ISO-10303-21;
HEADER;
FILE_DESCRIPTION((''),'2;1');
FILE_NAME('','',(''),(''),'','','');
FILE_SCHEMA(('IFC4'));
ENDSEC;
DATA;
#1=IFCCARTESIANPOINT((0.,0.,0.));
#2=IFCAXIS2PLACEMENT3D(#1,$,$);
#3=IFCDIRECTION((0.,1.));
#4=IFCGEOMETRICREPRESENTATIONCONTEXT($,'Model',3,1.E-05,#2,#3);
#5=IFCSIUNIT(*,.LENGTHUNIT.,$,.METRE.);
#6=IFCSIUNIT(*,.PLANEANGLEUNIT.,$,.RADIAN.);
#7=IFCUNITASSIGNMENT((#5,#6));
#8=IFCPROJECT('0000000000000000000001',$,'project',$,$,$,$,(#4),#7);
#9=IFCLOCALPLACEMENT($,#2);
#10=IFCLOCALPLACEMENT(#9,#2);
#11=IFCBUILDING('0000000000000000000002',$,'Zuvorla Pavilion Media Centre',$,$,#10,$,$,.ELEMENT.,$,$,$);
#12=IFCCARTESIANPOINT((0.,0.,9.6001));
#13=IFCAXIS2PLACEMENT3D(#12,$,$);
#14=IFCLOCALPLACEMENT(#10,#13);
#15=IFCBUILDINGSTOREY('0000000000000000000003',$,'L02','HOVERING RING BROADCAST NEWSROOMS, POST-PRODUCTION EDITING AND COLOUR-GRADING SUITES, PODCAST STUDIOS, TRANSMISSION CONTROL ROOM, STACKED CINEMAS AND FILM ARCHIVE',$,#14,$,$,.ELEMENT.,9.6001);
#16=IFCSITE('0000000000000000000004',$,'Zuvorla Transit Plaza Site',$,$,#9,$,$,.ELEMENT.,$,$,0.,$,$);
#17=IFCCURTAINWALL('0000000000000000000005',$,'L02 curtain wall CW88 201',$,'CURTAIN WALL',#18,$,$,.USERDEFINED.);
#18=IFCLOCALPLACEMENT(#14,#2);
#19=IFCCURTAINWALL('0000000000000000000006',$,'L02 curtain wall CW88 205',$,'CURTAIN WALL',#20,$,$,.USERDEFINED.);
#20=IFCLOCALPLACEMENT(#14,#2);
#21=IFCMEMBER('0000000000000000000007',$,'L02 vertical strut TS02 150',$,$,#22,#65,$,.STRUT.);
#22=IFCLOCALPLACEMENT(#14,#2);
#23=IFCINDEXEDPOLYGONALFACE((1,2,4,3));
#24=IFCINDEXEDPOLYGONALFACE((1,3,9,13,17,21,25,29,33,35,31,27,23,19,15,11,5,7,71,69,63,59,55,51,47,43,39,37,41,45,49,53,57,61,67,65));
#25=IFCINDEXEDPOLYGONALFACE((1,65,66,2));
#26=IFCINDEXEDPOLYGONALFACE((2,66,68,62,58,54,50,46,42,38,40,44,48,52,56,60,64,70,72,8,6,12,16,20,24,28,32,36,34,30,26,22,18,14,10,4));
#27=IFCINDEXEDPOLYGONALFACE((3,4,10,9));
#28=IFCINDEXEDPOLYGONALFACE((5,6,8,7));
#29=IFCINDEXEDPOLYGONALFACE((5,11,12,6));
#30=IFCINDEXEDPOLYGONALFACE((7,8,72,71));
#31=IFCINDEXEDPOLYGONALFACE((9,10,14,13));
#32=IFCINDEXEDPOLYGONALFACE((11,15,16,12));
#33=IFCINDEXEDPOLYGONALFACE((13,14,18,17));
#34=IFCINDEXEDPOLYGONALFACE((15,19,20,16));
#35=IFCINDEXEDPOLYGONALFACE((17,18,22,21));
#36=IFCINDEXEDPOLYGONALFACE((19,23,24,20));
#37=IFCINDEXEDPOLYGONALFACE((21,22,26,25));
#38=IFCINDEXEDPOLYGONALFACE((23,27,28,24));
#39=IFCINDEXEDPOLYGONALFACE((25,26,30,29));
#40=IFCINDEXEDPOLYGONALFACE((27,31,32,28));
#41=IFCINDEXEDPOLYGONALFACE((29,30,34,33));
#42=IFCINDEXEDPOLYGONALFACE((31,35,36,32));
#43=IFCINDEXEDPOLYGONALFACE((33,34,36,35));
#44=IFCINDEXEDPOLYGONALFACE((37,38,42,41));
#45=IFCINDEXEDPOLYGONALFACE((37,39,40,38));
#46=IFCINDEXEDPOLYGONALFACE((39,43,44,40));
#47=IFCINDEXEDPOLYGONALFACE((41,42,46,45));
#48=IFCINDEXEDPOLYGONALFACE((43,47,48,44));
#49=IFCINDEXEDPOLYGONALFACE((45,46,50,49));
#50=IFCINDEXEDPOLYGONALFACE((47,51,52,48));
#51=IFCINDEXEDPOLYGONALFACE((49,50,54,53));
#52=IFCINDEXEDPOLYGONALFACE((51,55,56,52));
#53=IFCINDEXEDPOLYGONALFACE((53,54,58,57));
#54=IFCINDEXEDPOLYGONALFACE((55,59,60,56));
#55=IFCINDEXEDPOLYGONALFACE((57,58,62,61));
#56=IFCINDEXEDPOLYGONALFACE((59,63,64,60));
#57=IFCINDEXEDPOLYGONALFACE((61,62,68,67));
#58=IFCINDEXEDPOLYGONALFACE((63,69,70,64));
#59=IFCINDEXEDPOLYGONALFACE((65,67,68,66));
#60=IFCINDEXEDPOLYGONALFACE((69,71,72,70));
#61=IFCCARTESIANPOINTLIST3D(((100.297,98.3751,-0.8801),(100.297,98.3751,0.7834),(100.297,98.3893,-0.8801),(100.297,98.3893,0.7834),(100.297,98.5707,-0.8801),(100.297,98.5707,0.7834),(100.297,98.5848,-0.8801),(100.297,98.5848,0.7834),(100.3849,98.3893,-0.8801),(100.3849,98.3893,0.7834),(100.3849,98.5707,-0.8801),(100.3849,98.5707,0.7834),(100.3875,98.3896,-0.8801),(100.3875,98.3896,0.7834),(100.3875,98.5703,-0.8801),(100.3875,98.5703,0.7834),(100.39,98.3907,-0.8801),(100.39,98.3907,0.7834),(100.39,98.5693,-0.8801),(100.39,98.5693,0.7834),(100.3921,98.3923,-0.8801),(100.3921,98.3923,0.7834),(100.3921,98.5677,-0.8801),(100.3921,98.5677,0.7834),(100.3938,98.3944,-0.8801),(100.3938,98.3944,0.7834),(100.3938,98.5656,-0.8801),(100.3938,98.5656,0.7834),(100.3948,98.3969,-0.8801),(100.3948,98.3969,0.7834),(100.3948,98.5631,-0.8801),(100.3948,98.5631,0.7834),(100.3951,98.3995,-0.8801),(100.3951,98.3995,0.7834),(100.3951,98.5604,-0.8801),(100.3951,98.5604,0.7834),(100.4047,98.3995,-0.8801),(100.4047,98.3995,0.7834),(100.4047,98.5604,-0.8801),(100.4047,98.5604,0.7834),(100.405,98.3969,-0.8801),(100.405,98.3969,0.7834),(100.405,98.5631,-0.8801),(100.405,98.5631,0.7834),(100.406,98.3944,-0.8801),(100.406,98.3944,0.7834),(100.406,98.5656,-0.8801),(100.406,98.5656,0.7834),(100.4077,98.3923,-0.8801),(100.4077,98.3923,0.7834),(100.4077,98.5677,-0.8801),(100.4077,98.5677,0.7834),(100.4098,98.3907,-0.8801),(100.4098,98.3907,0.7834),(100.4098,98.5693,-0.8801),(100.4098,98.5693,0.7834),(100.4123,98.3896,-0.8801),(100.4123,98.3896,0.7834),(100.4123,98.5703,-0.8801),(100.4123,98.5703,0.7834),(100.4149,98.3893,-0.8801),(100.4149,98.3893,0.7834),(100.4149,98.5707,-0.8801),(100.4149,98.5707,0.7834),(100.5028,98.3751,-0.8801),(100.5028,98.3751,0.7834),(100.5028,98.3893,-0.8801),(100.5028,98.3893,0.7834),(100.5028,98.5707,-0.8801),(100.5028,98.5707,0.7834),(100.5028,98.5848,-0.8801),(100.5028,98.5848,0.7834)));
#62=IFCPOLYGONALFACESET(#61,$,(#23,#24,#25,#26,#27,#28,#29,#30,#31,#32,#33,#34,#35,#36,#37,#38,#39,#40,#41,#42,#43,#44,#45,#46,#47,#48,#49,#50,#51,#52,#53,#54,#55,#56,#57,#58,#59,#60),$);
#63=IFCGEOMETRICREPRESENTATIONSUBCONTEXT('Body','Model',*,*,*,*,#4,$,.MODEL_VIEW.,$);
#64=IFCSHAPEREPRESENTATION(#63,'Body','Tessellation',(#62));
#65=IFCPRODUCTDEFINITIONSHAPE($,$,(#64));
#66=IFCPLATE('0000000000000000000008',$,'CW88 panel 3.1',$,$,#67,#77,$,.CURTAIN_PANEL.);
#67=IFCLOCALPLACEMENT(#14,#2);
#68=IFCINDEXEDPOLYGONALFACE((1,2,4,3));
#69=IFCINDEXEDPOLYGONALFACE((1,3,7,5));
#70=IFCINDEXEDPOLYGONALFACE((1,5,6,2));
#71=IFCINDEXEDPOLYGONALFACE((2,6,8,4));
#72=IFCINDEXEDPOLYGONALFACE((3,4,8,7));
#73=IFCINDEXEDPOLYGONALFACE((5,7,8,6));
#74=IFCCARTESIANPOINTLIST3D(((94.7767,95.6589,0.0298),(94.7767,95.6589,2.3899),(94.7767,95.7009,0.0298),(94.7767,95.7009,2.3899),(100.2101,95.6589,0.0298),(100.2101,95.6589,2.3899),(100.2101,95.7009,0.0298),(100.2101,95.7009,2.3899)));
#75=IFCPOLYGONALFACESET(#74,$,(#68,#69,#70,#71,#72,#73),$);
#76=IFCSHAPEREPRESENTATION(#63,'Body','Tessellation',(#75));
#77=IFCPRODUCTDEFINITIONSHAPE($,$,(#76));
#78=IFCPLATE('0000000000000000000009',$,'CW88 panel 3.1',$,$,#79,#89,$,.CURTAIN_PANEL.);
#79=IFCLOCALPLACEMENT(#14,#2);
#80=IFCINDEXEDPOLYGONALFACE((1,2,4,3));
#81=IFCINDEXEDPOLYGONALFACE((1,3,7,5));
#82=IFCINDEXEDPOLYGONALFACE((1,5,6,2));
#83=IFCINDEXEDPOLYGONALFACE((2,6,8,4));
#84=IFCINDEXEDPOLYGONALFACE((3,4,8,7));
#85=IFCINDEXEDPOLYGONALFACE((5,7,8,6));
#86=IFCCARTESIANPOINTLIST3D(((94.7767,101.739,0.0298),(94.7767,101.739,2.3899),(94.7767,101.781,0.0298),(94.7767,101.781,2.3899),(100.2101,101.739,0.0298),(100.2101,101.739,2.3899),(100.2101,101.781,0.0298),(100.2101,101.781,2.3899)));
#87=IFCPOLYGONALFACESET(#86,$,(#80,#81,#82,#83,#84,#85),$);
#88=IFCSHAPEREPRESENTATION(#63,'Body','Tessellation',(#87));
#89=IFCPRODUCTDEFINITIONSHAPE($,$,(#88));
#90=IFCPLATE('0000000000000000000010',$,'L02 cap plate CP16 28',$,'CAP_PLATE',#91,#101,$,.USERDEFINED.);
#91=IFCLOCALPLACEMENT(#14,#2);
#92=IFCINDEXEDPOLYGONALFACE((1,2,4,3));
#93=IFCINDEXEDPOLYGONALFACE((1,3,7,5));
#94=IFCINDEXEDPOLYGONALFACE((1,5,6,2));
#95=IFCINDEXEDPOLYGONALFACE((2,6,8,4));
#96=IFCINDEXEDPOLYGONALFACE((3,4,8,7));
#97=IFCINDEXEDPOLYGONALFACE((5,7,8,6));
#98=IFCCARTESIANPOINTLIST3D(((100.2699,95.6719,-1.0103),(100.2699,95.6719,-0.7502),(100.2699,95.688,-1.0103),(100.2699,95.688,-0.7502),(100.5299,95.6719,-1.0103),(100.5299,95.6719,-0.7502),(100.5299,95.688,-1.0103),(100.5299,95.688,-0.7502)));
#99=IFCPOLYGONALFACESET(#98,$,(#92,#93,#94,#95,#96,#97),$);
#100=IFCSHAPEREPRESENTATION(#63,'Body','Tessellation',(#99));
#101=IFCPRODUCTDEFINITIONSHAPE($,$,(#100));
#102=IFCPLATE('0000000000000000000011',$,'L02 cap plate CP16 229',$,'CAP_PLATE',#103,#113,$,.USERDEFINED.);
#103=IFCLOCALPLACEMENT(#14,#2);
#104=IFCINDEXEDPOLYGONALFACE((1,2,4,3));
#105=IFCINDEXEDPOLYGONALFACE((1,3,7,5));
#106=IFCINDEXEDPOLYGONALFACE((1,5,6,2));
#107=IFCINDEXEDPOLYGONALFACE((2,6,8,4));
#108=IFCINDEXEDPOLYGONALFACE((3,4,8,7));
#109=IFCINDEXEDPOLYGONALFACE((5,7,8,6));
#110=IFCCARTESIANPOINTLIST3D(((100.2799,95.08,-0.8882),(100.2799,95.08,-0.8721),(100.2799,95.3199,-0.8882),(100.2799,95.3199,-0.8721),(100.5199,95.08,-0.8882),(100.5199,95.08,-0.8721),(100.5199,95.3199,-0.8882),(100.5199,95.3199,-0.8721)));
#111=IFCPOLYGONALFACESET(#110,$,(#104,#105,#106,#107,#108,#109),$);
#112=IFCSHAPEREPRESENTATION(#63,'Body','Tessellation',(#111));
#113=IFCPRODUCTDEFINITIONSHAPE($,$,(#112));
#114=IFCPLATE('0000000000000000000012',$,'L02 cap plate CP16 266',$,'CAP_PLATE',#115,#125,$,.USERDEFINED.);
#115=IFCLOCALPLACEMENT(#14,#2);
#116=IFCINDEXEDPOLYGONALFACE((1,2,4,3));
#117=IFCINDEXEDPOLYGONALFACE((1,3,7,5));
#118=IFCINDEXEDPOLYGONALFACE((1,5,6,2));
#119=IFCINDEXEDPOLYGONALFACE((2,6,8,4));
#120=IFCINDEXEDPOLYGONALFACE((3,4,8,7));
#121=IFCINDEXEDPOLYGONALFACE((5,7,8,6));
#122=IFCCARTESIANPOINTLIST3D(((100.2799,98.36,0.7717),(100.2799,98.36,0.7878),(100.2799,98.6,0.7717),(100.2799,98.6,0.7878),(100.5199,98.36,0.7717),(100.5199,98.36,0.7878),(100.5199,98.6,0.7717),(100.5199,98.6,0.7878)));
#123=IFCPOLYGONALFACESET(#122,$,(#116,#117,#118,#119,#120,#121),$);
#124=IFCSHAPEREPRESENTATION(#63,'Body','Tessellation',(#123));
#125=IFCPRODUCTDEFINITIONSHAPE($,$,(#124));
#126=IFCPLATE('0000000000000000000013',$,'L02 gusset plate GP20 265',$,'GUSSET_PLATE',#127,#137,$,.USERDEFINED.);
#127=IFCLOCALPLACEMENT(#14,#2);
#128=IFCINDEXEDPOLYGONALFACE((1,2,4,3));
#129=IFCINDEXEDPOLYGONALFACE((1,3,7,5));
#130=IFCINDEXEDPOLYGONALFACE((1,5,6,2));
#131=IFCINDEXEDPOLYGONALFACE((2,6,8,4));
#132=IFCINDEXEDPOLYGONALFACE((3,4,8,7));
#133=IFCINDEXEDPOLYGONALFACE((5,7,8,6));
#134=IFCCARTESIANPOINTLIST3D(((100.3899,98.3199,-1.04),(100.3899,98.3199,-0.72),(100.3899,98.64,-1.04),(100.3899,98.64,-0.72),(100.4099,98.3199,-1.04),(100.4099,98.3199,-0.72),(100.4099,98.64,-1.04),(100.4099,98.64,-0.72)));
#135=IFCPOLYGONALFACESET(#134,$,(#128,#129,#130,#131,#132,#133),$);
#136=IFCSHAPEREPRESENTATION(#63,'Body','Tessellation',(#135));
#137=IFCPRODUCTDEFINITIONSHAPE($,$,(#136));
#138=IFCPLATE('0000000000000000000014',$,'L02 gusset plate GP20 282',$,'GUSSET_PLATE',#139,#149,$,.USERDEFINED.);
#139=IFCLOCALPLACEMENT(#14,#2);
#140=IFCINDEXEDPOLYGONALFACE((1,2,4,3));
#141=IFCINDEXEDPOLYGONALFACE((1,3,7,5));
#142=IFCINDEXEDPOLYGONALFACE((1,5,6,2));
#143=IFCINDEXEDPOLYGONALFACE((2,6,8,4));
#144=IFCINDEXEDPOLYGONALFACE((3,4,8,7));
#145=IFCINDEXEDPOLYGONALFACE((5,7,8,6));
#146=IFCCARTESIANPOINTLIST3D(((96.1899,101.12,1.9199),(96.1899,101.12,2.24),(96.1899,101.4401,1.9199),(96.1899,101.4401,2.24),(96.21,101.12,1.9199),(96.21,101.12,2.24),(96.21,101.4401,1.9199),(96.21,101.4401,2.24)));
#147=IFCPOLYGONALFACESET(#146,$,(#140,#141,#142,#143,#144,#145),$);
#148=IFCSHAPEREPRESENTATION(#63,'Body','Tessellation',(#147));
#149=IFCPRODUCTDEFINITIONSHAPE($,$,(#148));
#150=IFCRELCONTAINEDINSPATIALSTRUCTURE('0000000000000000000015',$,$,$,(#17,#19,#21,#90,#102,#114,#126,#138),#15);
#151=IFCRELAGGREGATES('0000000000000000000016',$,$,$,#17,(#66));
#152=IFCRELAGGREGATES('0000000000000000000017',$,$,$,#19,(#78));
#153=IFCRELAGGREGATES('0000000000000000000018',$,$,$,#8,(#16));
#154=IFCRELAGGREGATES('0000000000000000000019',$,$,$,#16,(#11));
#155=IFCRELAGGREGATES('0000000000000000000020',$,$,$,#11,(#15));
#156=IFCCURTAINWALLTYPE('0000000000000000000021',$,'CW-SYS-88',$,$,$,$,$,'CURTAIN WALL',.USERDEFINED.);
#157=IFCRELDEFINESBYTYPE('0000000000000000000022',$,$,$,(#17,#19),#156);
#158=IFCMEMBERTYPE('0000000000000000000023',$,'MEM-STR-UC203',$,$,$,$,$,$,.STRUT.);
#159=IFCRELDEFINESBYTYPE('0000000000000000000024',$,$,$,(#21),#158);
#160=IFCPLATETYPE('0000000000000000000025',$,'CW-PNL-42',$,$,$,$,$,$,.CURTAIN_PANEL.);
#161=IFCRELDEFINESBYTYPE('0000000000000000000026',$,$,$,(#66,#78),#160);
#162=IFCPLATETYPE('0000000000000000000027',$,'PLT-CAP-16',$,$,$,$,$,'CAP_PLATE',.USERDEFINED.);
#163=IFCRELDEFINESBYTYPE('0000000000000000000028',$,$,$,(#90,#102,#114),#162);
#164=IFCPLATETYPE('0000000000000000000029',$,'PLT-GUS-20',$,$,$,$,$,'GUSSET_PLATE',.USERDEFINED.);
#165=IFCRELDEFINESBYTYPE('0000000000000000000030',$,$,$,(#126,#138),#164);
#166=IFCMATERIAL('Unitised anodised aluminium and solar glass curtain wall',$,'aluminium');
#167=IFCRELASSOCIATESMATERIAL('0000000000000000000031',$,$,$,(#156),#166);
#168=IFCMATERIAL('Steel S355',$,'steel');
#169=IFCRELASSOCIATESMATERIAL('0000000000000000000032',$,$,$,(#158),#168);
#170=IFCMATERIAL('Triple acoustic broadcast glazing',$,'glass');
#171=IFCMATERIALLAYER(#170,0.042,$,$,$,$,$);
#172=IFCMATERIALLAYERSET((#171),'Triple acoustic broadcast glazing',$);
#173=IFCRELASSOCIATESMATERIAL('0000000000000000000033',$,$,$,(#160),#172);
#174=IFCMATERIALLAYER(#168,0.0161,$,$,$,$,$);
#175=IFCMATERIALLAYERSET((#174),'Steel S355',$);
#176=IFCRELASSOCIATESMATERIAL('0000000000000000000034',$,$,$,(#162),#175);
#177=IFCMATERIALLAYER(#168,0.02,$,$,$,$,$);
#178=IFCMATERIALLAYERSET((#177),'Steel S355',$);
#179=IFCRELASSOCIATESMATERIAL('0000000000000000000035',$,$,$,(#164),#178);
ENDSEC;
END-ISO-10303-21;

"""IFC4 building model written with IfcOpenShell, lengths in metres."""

from ifc_helpers import new_model, si_unit, direction, frame, origin, origin_2d, place, context, subcontext, project, spatial, rectangle, i_section, extrude, material, layer, layer_set, material_profile, profile_set, type_object, element, aggregate, save


model = new_model("IFC4")

# Units and contexts
model_context = context("Model", 3, precision=1e-05, world=origin(), true_north=direction((0.0, 1.0)))
body_context = subcontext(model_context, "Body", "Model", "MODEL_VIEW")
ifc_project = project(units=[si_unit("LENGTHUNIT", "METRE"), si_unit("PLANEANGLEUNIT", "RADIAN")], contexts=[model_context])

# Site, building, storey
site_placement = place(None, origin())
site = spatial("IfcSite", under=ifc_project, at=site_placement, Name="Zuvorla Transit Plaza Site", CompositionType="ELEMENT", RefElevation=0.0)
building_placement = place(site_placement, origin())
building = spatial("IfcBuilding", under=site, at=building_placement, Name="Zuvorla Pavilion Media Centre", CompositionType="ELEMENT")
storey_placement = place(building_placement, frame((0.0, 0.0, 9.6001)))
storey = spatial("IfcBuildingStorey", under=building, at=storey_placement, Name="L02", Description="HOVERING RING BROADCAST NEWSROOMS, POST-PRODUCTION EDITING AND COLOUR-GRADING SUITES, PODCAST STUDIOS, TRANSMISSION CONTROL ROOM, STACKED CINEMAS AND FILM ARCHIVE", CompositionType="ELEMENT", Elevation=9.6001)

# Shared definitions
ifc_material_1 = material(Name="Steel S355", Category="steel")

# Curtain walls
ifc_material_2 = material(Name="Unitised anodised aluminium and solar glass curtain wall", Category="aluminium")
curtain_wall_type = type_object("IfcCurtainWallType", Name="CW-SYS-88", ElementType="CURTAIN WALL", PredefinedType="USERDEFINED", material=ifc_material_2)
curtain_wall_1_placement = place(storey_placement, origin())
curtain_wall_1 = element("IfcCurtainWall", 1, at=curtain_wall_1_placement, inside=storey, type_object=curtain_wall_type, Name="L02 curtain wall CW88 201", ObjectType="CURTAIN WALL", PredefinedType="USERDEFINED")
curtain_wall_2_placement = place(storey_placement, origin())
curtain_wall_2 = element("IfcCurtainWall", 2, at=curtain_wall_2_placement, inside=storey, type_object=curtain_wall_type, Name="L02 curtain wall CW88 205", ObjectType="CURTAIN WALL", PredefinedType="USERDEFINED")

# Member
ifc_material_profile_1 = material_profile(ifc_material_1, i_section(OverallWidth=0.2058, OverallDepth=0.2097, WebThickness=0.0095, FlangeThickness=0.0142, FilletRadius=0.0103, at=origin_2d()), Name="UC 203x203x60")
ifc_profile_set_1 = profile_set([ifc_material_profile_1], Name="Steel S355")
member_type_1 = type_object("IfcMemberType", Name="MEM-STR-UC203", PredefinedType="STRUT", material=ifc_profile_set_1)
member_1_placement = place(storey_placement, frame((100.3999, 98.48, -0.8801), z_axis=(0.0, 0.0, 1.0), x_axis=(1.0, 0.0, 0.0)))
element("IfcMember", 3, at=member_1_placement, inside=storey, type_object=member_type_1, Name="L02 vertical strut TS02 150", PredefinedType="STRUT", context=body_context, shape_type="SweptSolid", body=[
    extrude(i_section(OverallWidth=0.2058, OverallDepth=0.2097, WebThickness=0.0095, FlangeThickness=0.0142, FilletRadius=0.0103, at=origin_2d()), origin(), (0.0, 0.0, 1.0), 1.6636),
])

# Plates
ifc_material_3 = material(Name="Triple acoustic broadcast glazing", Category="glass")
ifc_layer_1 = layer(ifc_material_3, 0.042)
ifc_layer_set_1 = layer_set([ifc_layer_1], Name="Triple acoustic broadcast glazing")
plate_type_1 = type_object("IfcPlateType", Name="CW-PNL-42", PredefinedType="CURTAIN_PANEL", material=ifc_layer_set_1)
plate_1_placement = place(storey_placement, frame((97.4934, 95.6799, 0.0298), z_axis=(0.0, 0.0, 1.0), x_axis=(1.0, 0.0, 0.0)))
plate_1 = element("IfcPlate", 4, at=plate_1_placement, type_object=plate_type_1, Name="CW88 panel 3.1", PredefinedType="CURTAIN_PANEL", context=body_context, shape_type="SweptSolid", body=[
    extrude(rectangle(XDim=5.4333, YDim=0.042, at=origin_2d()), origin(), (0.0, 0.0, 1.0), 2.3601),
])
aggregate(curtain_wall_1, [plate_1])
plate_2_placement = place(storey_placement, frame((97.4934, 101.76, 0.0298), z_axis=(0.0, 0.0, 1.0), x_axis=(1.0, 0.0, 0.0)))
plate_2 = element("IfcPlate", 5, at=plate_2_placement, type_object=plate_type_1, Name="CW88 panel 3.1", PredefinedType="CURTAIN_PANEL", context=body_context, shape_type="SweptSolid", body=[
    extrude(rectangle(XDim=5.4333, YDim=0.042, at=origin_2d()), origin(), (0.0, 0.0, 1.0), 2.3601),
])
aggregate(curtain_wall_2, [plate_2])

# Plates
ifc_layer_2 = layer(ifc_material_1, 0.0161)
ifc_layer_set_2 = layer_set([ifc_layer_2], Name="Steel S355")
plate_type_2 = type_object("IfcPlateType", Name="PLT-CAP-16", ElementType="CAP_PLATE", PredefinedType="USERDEFINED", material=ifc_layer_set_2)
plate_3_placement = place(storey_placement, frame((100.3999, 95.6799, -1.0103), z_axis=(0.0, 0.0, 1.0), x_axis=(1.0, 0.0, 0.0)))
element("IfcPlate", 6, at=plate_3_placement, inside=storey, type_object=plate_type_2, Name="L02 cap plate CP16 28", ObjectType="CAP_PLATE", PredefinedType="USERDEFINED", context=body_context, shape_type="SweptSolid", body=[
    extrude(rectangle(XDim=0.26, YDim=0.0161, at=origin_2d()), origin(), (0.0, 0.0, 1.0), 0.26),
])
for number, where, z_axis, x_axis, name in (
    (7, (100.3999, 95.2, -0.8882), (0.0, 0.0, 1.0), (1.0, 0.0, 0.0), "L02 cap plate CP16 229"),
    (8, (100.3999, 98.48, 0.7717), (0.0, 0.0, 1.0), (1.0, 0.0, 0.0), "L02 cap plate CP16 266"),
):
    element("IfcPlate", number, at=place(storey_placement, frame(where, z_axis=z_axis, x_axis=x_axis)), inside=storey, type_object=plate_type_2, Name=name, ObjectType="CAP_PLATE", PredefinedType="USERDEFINED", context=body_context, shape_type="SweptSolid", body=[
        extrude(rectangle(XDim=0.24, YDim=0.24, at=origin_2d()), origin(), (0.0, 0.0, 1.0), 0.0161),
    ])
ifc_layer_3 = layer(ifc_material_1, 0.02)
ifc_layer_set_3 = layer_set([ifc_layer_3], Name="Steel S355")
plate_type_3 = type_object("IfcPlateType", Name="PLT-GUS-20", ElementType="GUSSET_PLATE", PredefinedType="USERDEFINED", material=ifc_layer_set_3)
for number, where, z_axis, x_axis, name in (
    (9, (100.3999, 98.48, -1.04), (0.0, 0.0, 1.0), (1.0, 0.0, 0.0), "L02 gusset plate GP20 265"),
    (10, (96.2, 101.28, 1.9199), (0.0, 0.0, 1.0), (1.0, 0.0, 0.0), "L02 gusset plate GP20 282"),
):
    element("IfcPlate", number, at=place(storey_placement, frame(where, z_axis=z_axis, x_axis=x_axis)), inside=storey, type_object=plate_type_3, Name=name, ObjectType="GUSSET_PLATE", PredefinedType="USERDEFINED", context=body_context, shape_type="SweptSolid", body=[
        extrude(rectangle(XDim=0.02, YDim=0.3201, at=origin_2d()), origin(), (0.0, 0.0, 1.0), 0.3201),
    ])

save(model, "model.ifc")
